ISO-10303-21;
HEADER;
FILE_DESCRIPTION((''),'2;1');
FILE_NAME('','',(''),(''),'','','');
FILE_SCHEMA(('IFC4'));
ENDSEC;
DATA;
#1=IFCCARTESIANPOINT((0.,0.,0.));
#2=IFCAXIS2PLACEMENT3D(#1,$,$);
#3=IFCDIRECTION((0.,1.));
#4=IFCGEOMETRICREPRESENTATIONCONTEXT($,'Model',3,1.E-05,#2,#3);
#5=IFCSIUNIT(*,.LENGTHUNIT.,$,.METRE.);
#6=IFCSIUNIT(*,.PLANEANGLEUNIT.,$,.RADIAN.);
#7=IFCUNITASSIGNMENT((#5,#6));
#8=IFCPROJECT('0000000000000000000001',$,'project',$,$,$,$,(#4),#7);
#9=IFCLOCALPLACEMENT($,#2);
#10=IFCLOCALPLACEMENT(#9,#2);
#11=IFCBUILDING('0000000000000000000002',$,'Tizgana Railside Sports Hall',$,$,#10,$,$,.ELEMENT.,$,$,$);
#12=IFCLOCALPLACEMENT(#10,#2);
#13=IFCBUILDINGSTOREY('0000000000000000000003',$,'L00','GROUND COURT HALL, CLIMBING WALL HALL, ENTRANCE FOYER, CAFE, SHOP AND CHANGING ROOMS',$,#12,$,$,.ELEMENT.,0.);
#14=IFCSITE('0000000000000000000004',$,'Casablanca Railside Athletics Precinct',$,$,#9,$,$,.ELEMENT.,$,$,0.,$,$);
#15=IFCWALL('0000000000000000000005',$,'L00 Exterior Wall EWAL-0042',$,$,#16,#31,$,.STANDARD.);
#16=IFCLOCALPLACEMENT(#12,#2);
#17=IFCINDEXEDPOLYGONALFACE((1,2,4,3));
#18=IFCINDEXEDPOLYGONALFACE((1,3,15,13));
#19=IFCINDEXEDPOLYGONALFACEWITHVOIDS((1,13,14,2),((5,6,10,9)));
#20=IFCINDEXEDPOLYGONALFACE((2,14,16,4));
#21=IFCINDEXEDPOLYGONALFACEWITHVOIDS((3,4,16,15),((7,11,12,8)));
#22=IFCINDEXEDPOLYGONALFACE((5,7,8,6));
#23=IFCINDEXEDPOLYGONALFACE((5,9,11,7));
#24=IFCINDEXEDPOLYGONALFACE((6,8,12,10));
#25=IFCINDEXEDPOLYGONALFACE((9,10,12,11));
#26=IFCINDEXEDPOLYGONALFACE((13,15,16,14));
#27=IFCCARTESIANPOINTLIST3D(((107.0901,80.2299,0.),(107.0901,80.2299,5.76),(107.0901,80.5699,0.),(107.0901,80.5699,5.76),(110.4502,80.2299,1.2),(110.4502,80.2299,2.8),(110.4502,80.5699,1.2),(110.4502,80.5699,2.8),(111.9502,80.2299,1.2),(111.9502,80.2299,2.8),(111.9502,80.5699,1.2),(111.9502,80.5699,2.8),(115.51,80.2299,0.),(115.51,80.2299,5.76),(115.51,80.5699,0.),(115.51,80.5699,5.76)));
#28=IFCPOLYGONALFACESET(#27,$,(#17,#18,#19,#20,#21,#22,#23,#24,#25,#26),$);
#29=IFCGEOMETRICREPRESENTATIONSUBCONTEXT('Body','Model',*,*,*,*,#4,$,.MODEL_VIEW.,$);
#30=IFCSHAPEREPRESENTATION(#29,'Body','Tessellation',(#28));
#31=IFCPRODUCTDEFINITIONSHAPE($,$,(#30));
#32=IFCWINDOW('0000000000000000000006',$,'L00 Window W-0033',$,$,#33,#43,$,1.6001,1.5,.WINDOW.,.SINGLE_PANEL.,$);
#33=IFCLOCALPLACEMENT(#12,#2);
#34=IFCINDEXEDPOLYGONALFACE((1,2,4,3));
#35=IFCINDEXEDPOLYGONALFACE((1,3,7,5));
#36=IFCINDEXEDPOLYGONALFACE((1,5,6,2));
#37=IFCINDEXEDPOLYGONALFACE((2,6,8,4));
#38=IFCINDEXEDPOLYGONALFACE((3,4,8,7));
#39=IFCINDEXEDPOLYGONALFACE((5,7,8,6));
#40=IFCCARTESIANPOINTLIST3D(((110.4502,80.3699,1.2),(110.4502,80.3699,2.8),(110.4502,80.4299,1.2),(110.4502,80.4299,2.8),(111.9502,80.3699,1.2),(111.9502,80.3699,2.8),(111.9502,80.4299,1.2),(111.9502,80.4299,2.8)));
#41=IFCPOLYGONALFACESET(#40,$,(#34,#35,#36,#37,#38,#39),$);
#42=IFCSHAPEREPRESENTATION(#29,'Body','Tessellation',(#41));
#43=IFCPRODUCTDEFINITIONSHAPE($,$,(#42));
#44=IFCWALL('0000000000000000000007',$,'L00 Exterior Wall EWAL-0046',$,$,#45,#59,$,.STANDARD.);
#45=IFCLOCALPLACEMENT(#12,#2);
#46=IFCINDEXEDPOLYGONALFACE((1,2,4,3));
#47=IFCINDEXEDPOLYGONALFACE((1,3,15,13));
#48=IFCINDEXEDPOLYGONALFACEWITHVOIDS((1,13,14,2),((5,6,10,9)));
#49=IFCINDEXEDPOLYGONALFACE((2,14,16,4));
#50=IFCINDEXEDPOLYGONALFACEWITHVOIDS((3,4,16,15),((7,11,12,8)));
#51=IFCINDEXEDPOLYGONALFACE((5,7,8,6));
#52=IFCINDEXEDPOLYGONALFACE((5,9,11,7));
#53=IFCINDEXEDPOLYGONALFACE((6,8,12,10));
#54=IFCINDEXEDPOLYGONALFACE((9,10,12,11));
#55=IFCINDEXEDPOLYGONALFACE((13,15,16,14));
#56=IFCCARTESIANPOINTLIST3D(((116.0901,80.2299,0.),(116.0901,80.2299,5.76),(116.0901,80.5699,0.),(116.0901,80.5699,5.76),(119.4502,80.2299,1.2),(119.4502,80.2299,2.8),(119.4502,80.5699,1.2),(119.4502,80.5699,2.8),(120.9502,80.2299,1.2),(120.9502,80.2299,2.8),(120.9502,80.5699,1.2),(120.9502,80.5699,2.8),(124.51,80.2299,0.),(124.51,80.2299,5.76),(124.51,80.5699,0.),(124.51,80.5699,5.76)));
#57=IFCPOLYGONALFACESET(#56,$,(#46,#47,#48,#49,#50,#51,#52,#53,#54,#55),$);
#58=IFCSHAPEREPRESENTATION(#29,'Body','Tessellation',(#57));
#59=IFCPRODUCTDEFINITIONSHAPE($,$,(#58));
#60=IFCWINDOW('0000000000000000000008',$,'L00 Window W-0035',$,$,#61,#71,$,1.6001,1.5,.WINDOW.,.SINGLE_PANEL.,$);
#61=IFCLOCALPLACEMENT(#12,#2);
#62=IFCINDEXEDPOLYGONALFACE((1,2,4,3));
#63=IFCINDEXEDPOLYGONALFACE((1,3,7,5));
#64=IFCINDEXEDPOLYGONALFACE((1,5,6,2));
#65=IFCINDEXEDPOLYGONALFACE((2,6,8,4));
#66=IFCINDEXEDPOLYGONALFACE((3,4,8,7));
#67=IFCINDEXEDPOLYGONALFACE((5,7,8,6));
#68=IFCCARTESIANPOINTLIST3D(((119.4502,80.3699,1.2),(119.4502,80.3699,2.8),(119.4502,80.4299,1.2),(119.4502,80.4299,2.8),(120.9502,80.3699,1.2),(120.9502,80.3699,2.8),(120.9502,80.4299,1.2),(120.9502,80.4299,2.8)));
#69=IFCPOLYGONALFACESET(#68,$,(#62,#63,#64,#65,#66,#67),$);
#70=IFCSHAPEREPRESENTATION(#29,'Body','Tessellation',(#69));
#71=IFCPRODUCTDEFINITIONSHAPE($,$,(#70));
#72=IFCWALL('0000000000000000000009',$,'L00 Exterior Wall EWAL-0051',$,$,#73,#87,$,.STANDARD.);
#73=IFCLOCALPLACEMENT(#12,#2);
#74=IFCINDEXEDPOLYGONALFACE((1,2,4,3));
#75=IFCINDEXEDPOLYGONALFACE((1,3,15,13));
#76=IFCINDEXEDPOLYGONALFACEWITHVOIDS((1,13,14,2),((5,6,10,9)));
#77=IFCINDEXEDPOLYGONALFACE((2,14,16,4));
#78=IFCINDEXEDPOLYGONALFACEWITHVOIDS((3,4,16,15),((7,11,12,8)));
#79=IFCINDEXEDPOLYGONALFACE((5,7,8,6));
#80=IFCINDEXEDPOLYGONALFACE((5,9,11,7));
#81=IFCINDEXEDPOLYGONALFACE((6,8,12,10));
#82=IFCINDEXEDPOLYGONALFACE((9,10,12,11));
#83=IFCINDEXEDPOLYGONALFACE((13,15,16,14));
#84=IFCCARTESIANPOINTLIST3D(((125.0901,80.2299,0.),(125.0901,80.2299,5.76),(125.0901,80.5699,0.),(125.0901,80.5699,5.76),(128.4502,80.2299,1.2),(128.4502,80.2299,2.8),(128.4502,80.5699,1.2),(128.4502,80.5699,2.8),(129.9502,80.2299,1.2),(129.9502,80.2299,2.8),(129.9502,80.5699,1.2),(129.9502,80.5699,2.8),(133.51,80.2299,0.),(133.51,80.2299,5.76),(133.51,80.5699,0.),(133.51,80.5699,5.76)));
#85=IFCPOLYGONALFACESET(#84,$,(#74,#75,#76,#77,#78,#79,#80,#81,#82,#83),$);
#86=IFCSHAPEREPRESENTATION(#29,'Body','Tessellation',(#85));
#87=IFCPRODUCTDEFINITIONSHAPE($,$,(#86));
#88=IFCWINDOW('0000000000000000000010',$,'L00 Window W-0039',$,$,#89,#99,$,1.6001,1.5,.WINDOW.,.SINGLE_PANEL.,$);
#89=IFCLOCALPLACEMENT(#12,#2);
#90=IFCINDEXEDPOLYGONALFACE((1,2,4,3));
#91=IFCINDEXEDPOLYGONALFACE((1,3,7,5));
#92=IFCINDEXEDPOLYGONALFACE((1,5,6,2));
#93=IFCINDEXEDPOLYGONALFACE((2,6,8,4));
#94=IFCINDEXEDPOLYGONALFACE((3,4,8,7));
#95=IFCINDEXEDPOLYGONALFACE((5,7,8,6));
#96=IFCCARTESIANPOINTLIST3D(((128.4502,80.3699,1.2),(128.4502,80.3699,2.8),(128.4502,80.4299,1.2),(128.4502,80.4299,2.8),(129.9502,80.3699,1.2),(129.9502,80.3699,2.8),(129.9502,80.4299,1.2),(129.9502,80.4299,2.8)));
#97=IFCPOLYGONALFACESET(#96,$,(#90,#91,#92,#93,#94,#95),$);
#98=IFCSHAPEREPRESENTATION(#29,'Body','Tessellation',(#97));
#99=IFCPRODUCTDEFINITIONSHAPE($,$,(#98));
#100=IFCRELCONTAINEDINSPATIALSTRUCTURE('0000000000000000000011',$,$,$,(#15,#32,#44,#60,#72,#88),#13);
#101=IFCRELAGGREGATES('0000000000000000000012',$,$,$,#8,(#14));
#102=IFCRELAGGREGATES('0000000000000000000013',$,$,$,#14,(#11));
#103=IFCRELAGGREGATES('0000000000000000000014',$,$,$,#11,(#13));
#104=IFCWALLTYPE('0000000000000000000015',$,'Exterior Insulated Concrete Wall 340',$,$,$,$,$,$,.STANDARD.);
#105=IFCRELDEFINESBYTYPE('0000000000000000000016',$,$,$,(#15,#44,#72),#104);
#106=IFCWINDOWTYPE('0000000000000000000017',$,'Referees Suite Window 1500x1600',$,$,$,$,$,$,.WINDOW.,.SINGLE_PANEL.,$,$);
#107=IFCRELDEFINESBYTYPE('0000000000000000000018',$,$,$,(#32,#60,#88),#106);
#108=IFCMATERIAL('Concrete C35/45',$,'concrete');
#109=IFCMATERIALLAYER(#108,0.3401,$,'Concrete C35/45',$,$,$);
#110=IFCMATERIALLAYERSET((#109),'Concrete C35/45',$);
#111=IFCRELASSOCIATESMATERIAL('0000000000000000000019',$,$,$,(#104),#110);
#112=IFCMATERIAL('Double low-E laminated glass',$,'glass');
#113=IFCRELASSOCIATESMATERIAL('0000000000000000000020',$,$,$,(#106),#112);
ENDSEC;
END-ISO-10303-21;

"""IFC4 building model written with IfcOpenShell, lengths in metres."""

from ifc_helpers import new_model, si_unit, direction, frame, frame_2d, origin, place, context, subcontext, project, spatial, rectangle, extrude, material, layer, layer_set, type_object, element, fill, save


model = new_model("IFC4")

# Units and contexts
model_context = context("Model", 3, precision=1e-05, world=origin(), true_north=direction((0.0, 1.0)))
body_context = subcontext(model_context, "Body", "Model", "MODEL_VIEW")
ifc_project = project(units=[si_unit("LENGTHUNIT", "METRE"), si_unit("PLANEANGLEUNIT", "RADIAN")], contexts=[model_context])

# Site, building, storey
site_placement = place(None, origin())
site = spatial("IfcSite", under=ifc_project, at=site_placement, Name="Casablanca Railside Athletics Precinct", CompositionType="ELEMENT", RefElevation=0.0)
building_placement = place(site_placement, origin())
building = spatial("IfcBuilding", under=site, at=building_placement, Name="Tizgana Railside Sports Hall", CompositionType="ELEMENT")
storey_placement = place(building_placement, origin())
storey = spatial("IfcBuildingStorey", under=building, at=storey_placement, Name="L00", Description="GROUND COURT HALL, CLIMBING WALL HALL, ENTRANCE FOYER, CAFE, SHOP AND CHANGING ROOMS", CompositionType="ELEMENT", Elevation=0.0)

# Walls, openings, windows
ifc_material_1 = material(Name="Concrete C35/45", Category="concrete")
ifc_layer_1 = layer(ifc_material_1, 0.3401, Name="Concrete C35/45")
ifc_layer_set_1 = layer_set([ifc_layer_1], Name="Concrete C35/45")
wall_type_1 = type_object("IfcWallType", Name="Exterior Insulated Concrete Wall 340", PredefinedType="STANDARD", material=ifc_layer_set_1)
wall_1_placement = place(storey_placement, frame((107.0901, 80.3999, 0.0), z_axis=(0.0, 0.0, 1.0), x_axis=(1.0, 0.0, 0.0)))
wall_1 = element("IfcWall", 1, at=wall_1_placement, inside=storey, type_object=wall_type_1, Name="L00 Exterior Wall EWAL-0042", PredefinedType="STANDARD", context=body_context, shape_type="SweptSolid", body=[
    extrude(rectangle(XDim=8.4199, YDim=0.3401, at=frame_2d((4.21, 0.0))), origin(), (0.0, 0.0, 1.0), 5.76),
])
opening_1_placement = place(wall_1_placement, frame((3.3601, 0.0, 1.2)))
opening_1 = element("IfcOpeningElement", 2, at=opening_1_placement, cuts=wall_1, PredefinedType="OPENING", context=body_context, shape_type="SweptSolid", body=[
    extrude(rectangle(XDim=1.5, YDim=1.6001, at=frame_2d((0.75, 0.8))), frame((0.0, 0.1799, 0.0), z_axis=(0.0, -1.0, 0.0), x_axis=(1.0, 0.0, 0.0)), (0.0, 0.0, 1.0), 0.3601),
])
ifc_material_2 = material(Name="Double low-E laminated glass", Category="glass")
window_type = type_object("IfcWindowType", Name="Referees Suite Window 1500x1600", PartitioningType="SINGLE_PANEL", PredefinedType="WINDOW", material=ifc_material_2)
window_1_placement = place(opening_1_placement, origin())
window_1 = element("IfcWindow", 3, at=window_1_placement, inside=storey, type_object=window_type, Name="L00 Window W-0033", OverallHeight=1.6001, OverallWidth=1.5, PartitioningType="SINGLE_PANEL", PredefinedType="WINDOW", context=body_context, shape_type="SweptSolid", body=[
    extrude(rectangle(XDim=1.5, YDim=1.6001, at=frame_2d((0.75, 0.8))), frame((0.0, 0.03, 0.0), z_axis=(0.0, -1.0, 0.0), x_axis=(1.0, 0.0, 0.0)), (0.0, 0.0, 1.0), 0.0601),
])
fill(opening_1, window_1)
wall_2_placement = place(storey_placement, frame((116.0901, 80.3999, 0.0), z_axis=(0.0, 0.0, 1.0), x_axis=(1.0, 0.0, 0.0)))
wall_2 = element("IfcWall", 4, at=wall_2_placement, inside=storey, type_object=wall_type_1, Name="L00 Exterior Wall EWAL-0046", PredefinedType="STANDARD", context=body_context, shape_type="SweptSolid", body=[
    extrude(rectangle(XDim=8.4199, YDim=0.3401, at=frame_2d((4.21, 0.0))), origin(), (0.0, 0.0, 1.0), 5.76),
])
opening_2_placement = place(wall_2_placement, frame((3.3601, 0.0, 1.2)))
opening_2 = element("IfcOpeningElement", 5, at=opening_2_placement, cuts=wall_2, PredefinedType="OPENING", context=body_context, shape_type="SweptSolid", body=[
    extrude(rectangle(XDim=1.5, YDim=1.6001, at=frame_2d((0.75, 0.8))), frame((0.0, 0.1799, 0.0), z_axis=(0.0, -1.0, 0.0), x_axis=(1.0, 0.0, 0.0)), (0.0, 0.0, 1.0), 0.3601),
])
window_2_placement = place(opening_2_placement, origin())
window_2 = element("IfcWindow", 6, at=window_2_placement, inside=storey, type_object=window_type, Name="L00 Window W-0035", OverallHeight=1.6001, OverallWidth=1.5, PartitioningType="SINGLE_PANEL", PredefinedType="WINDOW", context=body_context, shape_type="SweptSolid", body=[
    extrude(rectangle(XDim=1.5, YDim=1.6001, at=frame_2d((0.75, 0.8))), frame((0.0, 0.03, 0.0), z_axis=(0.0, -1.0, 0.0), x_axis=(1.0, 0.0, 0.0)), (0.0, 0.0, 1.0), 0.0601),
])
fill(opening_2, window_2)
wall_3_placement = place(storey_placement, frame((125.0901, 80.3999, 0.0), z_axis=(0.0, 0.0, 1.0), x_axis=(1.0, 0.0, 0.0)))
wall_3 = element("IfcWall", 7, at=wall_3_placement, inside=storey, type_object=wall_type_1, Name="L00 Exterior Wall EWAL-0051", PredefinedType="STANDARD", context=body_context, shape_type="SweptSolid", body=[
    extrude(rectangle(XDim=8.4199, YDim=0.3401, at=frame_2d((4.21, 0.0))), origin(), (0.0, 0.0, 1.0), 5.76),
])
opening_3_placement = place(wall_3_placement, frame((3.3601, 0.0, 1.2)))
opening_3 = element("IfcOpeningElement", 8, at=opening_3_placement, cuts=wall_3, PredefinedType="OPENING", context=body_context, shape_type="SweptSolid", body=[
    extrude(rectangle(XDim=1.5, YDim=1.6001, at=frame_2d((0.75, 0.8))), frame((0.0, 0.1799, 0.0), z_axis=(0.0, -1.0, 0.0), x_axis=(1.0, 0.0, 0.0)), (0.0, 0.0, 1.0), 0.3601),
])
window_3_placement = place(opening_3_placement, origin())
window_3 = element("IfcWindow", 9, at=window_3_placement, inside=storey, type_object=window_type, Name="L00 Window W-0039", OverallHeight=1.6001, OverallWidth=1.5, PartitioningType="SINGLE_PANEL", PredefinedType="WINDOW", context=body_context, shape_type="SweptSolid", body=[
    extrude(rectangle(XDim=1.5, YDim=1.6001, at=frame_2d((0.75, 0.8))), frame((0.0, 0.03, 0.0), z_axis=(0.0, -1.0, 0.0), x_axis=(1.0, 0.0, 0.0)), (0.0, 0.0, 1.0), 0.0601),
])
fill(opening_3, window_3)

save(model, "model.ifc")
